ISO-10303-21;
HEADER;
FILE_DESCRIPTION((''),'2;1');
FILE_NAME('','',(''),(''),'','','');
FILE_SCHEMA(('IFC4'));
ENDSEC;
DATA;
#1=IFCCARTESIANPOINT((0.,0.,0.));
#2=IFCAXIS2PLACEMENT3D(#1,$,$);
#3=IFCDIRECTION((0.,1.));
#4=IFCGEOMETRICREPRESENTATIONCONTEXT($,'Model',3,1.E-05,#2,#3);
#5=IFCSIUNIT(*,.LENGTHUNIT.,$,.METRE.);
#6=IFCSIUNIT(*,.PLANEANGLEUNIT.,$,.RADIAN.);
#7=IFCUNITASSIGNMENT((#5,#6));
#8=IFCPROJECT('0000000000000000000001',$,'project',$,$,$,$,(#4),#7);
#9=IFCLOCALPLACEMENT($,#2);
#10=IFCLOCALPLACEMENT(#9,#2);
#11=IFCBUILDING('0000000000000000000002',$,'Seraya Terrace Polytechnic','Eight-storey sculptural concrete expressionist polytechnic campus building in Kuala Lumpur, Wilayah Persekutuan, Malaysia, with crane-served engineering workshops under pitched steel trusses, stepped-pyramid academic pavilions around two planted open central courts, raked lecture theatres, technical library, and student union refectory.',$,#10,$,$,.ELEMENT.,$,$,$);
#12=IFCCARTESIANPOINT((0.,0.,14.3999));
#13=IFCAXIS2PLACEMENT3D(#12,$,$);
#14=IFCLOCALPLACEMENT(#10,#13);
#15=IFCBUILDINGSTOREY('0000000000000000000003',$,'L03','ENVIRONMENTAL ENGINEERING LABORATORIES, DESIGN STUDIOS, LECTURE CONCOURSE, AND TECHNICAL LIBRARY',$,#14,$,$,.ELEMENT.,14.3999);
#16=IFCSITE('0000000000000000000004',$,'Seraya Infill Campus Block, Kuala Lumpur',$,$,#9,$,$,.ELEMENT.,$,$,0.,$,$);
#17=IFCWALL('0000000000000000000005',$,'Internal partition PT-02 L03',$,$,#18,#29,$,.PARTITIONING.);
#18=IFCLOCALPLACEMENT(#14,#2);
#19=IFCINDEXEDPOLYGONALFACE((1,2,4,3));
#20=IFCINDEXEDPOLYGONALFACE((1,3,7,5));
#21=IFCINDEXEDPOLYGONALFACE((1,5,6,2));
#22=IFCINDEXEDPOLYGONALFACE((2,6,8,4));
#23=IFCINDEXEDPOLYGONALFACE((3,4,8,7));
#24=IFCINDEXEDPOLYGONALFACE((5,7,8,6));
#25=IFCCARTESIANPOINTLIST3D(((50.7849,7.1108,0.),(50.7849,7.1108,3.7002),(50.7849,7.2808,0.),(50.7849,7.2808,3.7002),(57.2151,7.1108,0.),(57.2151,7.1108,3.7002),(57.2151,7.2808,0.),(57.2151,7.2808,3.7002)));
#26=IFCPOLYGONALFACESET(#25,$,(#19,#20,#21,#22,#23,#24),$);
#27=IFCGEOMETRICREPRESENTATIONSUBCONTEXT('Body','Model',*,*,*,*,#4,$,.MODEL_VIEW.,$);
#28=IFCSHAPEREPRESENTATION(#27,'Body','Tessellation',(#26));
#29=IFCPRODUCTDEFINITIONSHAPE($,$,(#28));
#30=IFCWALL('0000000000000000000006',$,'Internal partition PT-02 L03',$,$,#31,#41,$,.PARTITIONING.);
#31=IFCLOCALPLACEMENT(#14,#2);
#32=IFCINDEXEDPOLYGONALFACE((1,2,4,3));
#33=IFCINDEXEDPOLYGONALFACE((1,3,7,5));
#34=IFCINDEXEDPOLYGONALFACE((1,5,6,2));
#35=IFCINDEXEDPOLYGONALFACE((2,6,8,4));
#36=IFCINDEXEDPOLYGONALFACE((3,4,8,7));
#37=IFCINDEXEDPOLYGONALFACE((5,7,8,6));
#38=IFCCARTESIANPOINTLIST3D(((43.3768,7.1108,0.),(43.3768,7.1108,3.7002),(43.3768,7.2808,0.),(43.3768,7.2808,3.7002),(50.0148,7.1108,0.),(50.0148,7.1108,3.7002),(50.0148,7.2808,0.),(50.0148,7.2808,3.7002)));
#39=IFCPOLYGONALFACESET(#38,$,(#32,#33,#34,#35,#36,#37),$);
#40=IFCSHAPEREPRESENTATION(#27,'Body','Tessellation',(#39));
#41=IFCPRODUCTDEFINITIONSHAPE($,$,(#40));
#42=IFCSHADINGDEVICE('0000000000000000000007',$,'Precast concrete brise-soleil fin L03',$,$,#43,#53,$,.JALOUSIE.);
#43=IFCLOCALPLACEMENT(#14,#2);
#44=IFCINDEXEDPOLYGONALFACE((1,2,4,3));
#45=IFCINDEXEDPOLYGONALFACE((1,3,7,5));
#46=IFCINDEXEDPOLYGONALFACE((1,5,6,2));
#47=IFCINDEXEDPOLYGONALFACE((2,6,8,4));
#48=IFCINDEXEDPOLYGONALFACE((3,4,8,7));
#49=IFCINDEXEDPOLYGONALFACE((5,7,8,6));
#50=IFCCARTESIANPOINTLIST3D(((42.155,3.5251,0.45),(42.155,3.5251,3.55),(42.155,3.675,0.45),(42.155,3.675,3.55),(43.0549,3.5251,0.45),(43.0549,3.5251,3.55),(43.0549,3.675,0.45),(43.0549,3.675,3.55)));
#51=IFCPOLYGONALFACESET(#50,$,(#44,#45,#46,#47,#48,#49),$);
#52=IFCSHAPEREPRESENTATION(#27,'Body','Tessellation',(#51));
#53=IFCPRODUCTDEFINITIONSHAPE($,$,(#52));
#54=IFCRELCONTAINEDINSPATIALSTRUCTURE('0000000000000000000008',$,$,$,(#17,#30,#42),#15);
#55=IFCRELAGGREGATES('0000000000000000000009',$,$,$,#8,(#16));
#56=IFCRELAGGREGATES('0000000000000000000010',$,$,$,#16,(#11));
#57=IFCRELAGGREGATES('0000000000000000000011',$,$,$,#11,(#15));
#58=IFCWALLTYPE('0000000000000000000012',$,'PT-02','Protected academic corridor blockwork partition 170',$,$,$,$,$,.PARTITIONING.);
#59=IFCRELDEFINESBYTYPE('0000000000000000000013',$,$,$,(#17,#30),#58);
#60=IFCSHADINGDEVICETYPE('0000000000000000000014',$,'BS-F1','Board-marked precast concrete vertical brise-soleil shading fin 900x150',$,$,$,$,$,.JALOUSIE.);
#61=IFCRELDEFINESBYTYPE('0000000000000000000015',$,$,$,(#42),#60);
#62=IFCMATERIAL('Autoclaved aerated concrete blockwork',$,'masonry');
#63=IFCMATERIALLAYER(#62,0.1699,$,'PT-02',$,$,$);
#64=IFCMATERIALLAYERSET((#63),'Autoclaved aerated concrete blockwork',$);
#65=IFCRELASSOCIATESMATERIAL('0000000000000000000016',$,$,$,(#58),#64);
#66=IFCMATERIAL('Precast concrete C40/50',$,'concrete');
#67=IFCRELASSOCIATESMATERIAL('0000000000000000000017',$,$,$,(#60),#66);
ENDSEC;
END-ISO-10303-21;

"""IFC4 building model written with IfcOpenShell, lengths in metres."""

from ifc_helpers import new_model, si_unit, direction, frame, frame_2d, origin, origin_2d, place, context, subcontext, project, spatial, rectangle, extrude, material, layer, layer_set, type_object, element, save


model = new_model("IFC4")

# Units and contexts
model_context = context("Model", 3, precision=1e-05, world=origin(), true_north=direction((0.0, 1.0)))
body_context = subcontext(model_context, "Body", "Model", "MODEL_VIEW")
ifc_project = project(units=[si_unit("LENGTHUNIT", "METRE"), si_unit("PLANEANGLEUNIT", "RADIAN")], contexts=[model_context])

# Site, building, storey
site_placement = place(None, origin())
site = spatial("IfcSite", under=ifc_project, at=site_placement, Name="Seraya Infill Campus Block, Kuala Lumpur", CompositionType="ELEMENT", RefElevation=0.0)
building_placement = place(site_placement, origin())
building = spatial("IfcBuilding", under=site, at=building_placement, Name="Seraya Terrace Polytechnic", Description="Eight-storey sculptural concrete expressionist polytechnic campus building in Kuala Lumpur, Wilayah Persekutuan, Malaysia, with crane-served engineering workshops under pitched steel trusses, stepped-pyramid academic pavilions around two planted open central courts, raked lecture theatres, technical library, and student union refectory.", CompositionType="ELEMENT")
storey_placement = place(building_placement, frame((0.0, 0.0, 14.3999)))
storey = spatial("IfcBuildingStorey", under=building, at=storey_placement, Name="L03", Description="ENVIRONMENTAL ENGINEERING LABORATORIES, DESIGN STUDIOS, LECTURE CONCOURSE, AND TECHNICAL LIBRARY", CompositionType="ELEMENT", Elevation=14.3999)

# Shared definitions
ifc_material_1 = material(Name="Precast concrete C40/50", Category="concrete")

# Shared definitions
ifc_material_2 = material(Name="Autoclaved aerated concrete blockwork", Category="masonry")
ifc_layer_1 = layer(ifc_material_2, 0.1699, Name="PT-02")
ifc_layer_set_1 = layer_set([ifc_layer_1], Name="Autoclaved aerated concrete blockwork")
wall_type_1 = type_object("IfcWallType", Name="PT-02", Description="Protected academic corridor blockwork partition 170", PredefinedType="PARTITIONING", material=ifc_layer_set_1)

# Walls
wall_1_placement = place(storey_placement, frame((50.7849, 7.1958, 0.0), z_axis=(0.0, 0.0, 1.0), x_axis=(1.0, 0.0, 0.0)))
element("IfcWall", 1, at=wall_1_placement, inside=storey, type_object=wall_type_1, Name="Internal partition PT-02 L03", PredefinedType="PARTITIONING", context=body_context, shape_type="SweptSolid", body=[
    extrude(rectangle(XDim=6.4302, YDim=0.1699, at=frame_2d((3.2151, 0.0))), origin(), (0.0, 0.0, 1.0), 3.7002),
])
wall_2_placement = place(storey_placement, frame((43.377, 7.1958, 0.0), z_axis=(0.0, 0.0, 1.0), x_axis=(1.0, 0.0, 0.0)))
element("IfcWall", 2, at=wall_2_placement, inside=storey, type_object=wall_type_1, Name="Internal partition PT-02 L03", PredefinedType="PARTITIONING", context=body_context, shape_type="SweptSolid", body=[
    extrude(rectangle(XDim=6.6379, YDim=0.1699, at=frame_2d((3.3188, 0.0))), origin(), (0.0, 0.0, 1.0), 3.7002),
])

# Shading device
shading_device_type = type_object("IfcShadingDeviceType", Name="BS-F1", Description="Board-marked precast concrete vertical brise-soleil shading fin 900x150", PredefinedType="JALOUSIE", material=ifc_material_1)
shading_device_placement = place(storey_placement, frame((42.605, 3.6001, 0.45), z_axis=(0.0, 0.0, 1.0), x_axis=(-1.0, 0.0, 0.0)))
element("IfcShadingDevice", 3, at=shading_device_placement, inside=storey, type_object=shading_device_type, Name="Precast concrete brise-soleil fin L03", PredefinedType="JALOUSIE", context=body_context, shape_type="SweptSolid", body=[
    extrude(rectangle(XDim=0.8999, YDim=0.1499, at=origin_2d()), origin(), (0.0, 0.0, 1.0), 3.1001),
])

save(model, "model.ifc")
